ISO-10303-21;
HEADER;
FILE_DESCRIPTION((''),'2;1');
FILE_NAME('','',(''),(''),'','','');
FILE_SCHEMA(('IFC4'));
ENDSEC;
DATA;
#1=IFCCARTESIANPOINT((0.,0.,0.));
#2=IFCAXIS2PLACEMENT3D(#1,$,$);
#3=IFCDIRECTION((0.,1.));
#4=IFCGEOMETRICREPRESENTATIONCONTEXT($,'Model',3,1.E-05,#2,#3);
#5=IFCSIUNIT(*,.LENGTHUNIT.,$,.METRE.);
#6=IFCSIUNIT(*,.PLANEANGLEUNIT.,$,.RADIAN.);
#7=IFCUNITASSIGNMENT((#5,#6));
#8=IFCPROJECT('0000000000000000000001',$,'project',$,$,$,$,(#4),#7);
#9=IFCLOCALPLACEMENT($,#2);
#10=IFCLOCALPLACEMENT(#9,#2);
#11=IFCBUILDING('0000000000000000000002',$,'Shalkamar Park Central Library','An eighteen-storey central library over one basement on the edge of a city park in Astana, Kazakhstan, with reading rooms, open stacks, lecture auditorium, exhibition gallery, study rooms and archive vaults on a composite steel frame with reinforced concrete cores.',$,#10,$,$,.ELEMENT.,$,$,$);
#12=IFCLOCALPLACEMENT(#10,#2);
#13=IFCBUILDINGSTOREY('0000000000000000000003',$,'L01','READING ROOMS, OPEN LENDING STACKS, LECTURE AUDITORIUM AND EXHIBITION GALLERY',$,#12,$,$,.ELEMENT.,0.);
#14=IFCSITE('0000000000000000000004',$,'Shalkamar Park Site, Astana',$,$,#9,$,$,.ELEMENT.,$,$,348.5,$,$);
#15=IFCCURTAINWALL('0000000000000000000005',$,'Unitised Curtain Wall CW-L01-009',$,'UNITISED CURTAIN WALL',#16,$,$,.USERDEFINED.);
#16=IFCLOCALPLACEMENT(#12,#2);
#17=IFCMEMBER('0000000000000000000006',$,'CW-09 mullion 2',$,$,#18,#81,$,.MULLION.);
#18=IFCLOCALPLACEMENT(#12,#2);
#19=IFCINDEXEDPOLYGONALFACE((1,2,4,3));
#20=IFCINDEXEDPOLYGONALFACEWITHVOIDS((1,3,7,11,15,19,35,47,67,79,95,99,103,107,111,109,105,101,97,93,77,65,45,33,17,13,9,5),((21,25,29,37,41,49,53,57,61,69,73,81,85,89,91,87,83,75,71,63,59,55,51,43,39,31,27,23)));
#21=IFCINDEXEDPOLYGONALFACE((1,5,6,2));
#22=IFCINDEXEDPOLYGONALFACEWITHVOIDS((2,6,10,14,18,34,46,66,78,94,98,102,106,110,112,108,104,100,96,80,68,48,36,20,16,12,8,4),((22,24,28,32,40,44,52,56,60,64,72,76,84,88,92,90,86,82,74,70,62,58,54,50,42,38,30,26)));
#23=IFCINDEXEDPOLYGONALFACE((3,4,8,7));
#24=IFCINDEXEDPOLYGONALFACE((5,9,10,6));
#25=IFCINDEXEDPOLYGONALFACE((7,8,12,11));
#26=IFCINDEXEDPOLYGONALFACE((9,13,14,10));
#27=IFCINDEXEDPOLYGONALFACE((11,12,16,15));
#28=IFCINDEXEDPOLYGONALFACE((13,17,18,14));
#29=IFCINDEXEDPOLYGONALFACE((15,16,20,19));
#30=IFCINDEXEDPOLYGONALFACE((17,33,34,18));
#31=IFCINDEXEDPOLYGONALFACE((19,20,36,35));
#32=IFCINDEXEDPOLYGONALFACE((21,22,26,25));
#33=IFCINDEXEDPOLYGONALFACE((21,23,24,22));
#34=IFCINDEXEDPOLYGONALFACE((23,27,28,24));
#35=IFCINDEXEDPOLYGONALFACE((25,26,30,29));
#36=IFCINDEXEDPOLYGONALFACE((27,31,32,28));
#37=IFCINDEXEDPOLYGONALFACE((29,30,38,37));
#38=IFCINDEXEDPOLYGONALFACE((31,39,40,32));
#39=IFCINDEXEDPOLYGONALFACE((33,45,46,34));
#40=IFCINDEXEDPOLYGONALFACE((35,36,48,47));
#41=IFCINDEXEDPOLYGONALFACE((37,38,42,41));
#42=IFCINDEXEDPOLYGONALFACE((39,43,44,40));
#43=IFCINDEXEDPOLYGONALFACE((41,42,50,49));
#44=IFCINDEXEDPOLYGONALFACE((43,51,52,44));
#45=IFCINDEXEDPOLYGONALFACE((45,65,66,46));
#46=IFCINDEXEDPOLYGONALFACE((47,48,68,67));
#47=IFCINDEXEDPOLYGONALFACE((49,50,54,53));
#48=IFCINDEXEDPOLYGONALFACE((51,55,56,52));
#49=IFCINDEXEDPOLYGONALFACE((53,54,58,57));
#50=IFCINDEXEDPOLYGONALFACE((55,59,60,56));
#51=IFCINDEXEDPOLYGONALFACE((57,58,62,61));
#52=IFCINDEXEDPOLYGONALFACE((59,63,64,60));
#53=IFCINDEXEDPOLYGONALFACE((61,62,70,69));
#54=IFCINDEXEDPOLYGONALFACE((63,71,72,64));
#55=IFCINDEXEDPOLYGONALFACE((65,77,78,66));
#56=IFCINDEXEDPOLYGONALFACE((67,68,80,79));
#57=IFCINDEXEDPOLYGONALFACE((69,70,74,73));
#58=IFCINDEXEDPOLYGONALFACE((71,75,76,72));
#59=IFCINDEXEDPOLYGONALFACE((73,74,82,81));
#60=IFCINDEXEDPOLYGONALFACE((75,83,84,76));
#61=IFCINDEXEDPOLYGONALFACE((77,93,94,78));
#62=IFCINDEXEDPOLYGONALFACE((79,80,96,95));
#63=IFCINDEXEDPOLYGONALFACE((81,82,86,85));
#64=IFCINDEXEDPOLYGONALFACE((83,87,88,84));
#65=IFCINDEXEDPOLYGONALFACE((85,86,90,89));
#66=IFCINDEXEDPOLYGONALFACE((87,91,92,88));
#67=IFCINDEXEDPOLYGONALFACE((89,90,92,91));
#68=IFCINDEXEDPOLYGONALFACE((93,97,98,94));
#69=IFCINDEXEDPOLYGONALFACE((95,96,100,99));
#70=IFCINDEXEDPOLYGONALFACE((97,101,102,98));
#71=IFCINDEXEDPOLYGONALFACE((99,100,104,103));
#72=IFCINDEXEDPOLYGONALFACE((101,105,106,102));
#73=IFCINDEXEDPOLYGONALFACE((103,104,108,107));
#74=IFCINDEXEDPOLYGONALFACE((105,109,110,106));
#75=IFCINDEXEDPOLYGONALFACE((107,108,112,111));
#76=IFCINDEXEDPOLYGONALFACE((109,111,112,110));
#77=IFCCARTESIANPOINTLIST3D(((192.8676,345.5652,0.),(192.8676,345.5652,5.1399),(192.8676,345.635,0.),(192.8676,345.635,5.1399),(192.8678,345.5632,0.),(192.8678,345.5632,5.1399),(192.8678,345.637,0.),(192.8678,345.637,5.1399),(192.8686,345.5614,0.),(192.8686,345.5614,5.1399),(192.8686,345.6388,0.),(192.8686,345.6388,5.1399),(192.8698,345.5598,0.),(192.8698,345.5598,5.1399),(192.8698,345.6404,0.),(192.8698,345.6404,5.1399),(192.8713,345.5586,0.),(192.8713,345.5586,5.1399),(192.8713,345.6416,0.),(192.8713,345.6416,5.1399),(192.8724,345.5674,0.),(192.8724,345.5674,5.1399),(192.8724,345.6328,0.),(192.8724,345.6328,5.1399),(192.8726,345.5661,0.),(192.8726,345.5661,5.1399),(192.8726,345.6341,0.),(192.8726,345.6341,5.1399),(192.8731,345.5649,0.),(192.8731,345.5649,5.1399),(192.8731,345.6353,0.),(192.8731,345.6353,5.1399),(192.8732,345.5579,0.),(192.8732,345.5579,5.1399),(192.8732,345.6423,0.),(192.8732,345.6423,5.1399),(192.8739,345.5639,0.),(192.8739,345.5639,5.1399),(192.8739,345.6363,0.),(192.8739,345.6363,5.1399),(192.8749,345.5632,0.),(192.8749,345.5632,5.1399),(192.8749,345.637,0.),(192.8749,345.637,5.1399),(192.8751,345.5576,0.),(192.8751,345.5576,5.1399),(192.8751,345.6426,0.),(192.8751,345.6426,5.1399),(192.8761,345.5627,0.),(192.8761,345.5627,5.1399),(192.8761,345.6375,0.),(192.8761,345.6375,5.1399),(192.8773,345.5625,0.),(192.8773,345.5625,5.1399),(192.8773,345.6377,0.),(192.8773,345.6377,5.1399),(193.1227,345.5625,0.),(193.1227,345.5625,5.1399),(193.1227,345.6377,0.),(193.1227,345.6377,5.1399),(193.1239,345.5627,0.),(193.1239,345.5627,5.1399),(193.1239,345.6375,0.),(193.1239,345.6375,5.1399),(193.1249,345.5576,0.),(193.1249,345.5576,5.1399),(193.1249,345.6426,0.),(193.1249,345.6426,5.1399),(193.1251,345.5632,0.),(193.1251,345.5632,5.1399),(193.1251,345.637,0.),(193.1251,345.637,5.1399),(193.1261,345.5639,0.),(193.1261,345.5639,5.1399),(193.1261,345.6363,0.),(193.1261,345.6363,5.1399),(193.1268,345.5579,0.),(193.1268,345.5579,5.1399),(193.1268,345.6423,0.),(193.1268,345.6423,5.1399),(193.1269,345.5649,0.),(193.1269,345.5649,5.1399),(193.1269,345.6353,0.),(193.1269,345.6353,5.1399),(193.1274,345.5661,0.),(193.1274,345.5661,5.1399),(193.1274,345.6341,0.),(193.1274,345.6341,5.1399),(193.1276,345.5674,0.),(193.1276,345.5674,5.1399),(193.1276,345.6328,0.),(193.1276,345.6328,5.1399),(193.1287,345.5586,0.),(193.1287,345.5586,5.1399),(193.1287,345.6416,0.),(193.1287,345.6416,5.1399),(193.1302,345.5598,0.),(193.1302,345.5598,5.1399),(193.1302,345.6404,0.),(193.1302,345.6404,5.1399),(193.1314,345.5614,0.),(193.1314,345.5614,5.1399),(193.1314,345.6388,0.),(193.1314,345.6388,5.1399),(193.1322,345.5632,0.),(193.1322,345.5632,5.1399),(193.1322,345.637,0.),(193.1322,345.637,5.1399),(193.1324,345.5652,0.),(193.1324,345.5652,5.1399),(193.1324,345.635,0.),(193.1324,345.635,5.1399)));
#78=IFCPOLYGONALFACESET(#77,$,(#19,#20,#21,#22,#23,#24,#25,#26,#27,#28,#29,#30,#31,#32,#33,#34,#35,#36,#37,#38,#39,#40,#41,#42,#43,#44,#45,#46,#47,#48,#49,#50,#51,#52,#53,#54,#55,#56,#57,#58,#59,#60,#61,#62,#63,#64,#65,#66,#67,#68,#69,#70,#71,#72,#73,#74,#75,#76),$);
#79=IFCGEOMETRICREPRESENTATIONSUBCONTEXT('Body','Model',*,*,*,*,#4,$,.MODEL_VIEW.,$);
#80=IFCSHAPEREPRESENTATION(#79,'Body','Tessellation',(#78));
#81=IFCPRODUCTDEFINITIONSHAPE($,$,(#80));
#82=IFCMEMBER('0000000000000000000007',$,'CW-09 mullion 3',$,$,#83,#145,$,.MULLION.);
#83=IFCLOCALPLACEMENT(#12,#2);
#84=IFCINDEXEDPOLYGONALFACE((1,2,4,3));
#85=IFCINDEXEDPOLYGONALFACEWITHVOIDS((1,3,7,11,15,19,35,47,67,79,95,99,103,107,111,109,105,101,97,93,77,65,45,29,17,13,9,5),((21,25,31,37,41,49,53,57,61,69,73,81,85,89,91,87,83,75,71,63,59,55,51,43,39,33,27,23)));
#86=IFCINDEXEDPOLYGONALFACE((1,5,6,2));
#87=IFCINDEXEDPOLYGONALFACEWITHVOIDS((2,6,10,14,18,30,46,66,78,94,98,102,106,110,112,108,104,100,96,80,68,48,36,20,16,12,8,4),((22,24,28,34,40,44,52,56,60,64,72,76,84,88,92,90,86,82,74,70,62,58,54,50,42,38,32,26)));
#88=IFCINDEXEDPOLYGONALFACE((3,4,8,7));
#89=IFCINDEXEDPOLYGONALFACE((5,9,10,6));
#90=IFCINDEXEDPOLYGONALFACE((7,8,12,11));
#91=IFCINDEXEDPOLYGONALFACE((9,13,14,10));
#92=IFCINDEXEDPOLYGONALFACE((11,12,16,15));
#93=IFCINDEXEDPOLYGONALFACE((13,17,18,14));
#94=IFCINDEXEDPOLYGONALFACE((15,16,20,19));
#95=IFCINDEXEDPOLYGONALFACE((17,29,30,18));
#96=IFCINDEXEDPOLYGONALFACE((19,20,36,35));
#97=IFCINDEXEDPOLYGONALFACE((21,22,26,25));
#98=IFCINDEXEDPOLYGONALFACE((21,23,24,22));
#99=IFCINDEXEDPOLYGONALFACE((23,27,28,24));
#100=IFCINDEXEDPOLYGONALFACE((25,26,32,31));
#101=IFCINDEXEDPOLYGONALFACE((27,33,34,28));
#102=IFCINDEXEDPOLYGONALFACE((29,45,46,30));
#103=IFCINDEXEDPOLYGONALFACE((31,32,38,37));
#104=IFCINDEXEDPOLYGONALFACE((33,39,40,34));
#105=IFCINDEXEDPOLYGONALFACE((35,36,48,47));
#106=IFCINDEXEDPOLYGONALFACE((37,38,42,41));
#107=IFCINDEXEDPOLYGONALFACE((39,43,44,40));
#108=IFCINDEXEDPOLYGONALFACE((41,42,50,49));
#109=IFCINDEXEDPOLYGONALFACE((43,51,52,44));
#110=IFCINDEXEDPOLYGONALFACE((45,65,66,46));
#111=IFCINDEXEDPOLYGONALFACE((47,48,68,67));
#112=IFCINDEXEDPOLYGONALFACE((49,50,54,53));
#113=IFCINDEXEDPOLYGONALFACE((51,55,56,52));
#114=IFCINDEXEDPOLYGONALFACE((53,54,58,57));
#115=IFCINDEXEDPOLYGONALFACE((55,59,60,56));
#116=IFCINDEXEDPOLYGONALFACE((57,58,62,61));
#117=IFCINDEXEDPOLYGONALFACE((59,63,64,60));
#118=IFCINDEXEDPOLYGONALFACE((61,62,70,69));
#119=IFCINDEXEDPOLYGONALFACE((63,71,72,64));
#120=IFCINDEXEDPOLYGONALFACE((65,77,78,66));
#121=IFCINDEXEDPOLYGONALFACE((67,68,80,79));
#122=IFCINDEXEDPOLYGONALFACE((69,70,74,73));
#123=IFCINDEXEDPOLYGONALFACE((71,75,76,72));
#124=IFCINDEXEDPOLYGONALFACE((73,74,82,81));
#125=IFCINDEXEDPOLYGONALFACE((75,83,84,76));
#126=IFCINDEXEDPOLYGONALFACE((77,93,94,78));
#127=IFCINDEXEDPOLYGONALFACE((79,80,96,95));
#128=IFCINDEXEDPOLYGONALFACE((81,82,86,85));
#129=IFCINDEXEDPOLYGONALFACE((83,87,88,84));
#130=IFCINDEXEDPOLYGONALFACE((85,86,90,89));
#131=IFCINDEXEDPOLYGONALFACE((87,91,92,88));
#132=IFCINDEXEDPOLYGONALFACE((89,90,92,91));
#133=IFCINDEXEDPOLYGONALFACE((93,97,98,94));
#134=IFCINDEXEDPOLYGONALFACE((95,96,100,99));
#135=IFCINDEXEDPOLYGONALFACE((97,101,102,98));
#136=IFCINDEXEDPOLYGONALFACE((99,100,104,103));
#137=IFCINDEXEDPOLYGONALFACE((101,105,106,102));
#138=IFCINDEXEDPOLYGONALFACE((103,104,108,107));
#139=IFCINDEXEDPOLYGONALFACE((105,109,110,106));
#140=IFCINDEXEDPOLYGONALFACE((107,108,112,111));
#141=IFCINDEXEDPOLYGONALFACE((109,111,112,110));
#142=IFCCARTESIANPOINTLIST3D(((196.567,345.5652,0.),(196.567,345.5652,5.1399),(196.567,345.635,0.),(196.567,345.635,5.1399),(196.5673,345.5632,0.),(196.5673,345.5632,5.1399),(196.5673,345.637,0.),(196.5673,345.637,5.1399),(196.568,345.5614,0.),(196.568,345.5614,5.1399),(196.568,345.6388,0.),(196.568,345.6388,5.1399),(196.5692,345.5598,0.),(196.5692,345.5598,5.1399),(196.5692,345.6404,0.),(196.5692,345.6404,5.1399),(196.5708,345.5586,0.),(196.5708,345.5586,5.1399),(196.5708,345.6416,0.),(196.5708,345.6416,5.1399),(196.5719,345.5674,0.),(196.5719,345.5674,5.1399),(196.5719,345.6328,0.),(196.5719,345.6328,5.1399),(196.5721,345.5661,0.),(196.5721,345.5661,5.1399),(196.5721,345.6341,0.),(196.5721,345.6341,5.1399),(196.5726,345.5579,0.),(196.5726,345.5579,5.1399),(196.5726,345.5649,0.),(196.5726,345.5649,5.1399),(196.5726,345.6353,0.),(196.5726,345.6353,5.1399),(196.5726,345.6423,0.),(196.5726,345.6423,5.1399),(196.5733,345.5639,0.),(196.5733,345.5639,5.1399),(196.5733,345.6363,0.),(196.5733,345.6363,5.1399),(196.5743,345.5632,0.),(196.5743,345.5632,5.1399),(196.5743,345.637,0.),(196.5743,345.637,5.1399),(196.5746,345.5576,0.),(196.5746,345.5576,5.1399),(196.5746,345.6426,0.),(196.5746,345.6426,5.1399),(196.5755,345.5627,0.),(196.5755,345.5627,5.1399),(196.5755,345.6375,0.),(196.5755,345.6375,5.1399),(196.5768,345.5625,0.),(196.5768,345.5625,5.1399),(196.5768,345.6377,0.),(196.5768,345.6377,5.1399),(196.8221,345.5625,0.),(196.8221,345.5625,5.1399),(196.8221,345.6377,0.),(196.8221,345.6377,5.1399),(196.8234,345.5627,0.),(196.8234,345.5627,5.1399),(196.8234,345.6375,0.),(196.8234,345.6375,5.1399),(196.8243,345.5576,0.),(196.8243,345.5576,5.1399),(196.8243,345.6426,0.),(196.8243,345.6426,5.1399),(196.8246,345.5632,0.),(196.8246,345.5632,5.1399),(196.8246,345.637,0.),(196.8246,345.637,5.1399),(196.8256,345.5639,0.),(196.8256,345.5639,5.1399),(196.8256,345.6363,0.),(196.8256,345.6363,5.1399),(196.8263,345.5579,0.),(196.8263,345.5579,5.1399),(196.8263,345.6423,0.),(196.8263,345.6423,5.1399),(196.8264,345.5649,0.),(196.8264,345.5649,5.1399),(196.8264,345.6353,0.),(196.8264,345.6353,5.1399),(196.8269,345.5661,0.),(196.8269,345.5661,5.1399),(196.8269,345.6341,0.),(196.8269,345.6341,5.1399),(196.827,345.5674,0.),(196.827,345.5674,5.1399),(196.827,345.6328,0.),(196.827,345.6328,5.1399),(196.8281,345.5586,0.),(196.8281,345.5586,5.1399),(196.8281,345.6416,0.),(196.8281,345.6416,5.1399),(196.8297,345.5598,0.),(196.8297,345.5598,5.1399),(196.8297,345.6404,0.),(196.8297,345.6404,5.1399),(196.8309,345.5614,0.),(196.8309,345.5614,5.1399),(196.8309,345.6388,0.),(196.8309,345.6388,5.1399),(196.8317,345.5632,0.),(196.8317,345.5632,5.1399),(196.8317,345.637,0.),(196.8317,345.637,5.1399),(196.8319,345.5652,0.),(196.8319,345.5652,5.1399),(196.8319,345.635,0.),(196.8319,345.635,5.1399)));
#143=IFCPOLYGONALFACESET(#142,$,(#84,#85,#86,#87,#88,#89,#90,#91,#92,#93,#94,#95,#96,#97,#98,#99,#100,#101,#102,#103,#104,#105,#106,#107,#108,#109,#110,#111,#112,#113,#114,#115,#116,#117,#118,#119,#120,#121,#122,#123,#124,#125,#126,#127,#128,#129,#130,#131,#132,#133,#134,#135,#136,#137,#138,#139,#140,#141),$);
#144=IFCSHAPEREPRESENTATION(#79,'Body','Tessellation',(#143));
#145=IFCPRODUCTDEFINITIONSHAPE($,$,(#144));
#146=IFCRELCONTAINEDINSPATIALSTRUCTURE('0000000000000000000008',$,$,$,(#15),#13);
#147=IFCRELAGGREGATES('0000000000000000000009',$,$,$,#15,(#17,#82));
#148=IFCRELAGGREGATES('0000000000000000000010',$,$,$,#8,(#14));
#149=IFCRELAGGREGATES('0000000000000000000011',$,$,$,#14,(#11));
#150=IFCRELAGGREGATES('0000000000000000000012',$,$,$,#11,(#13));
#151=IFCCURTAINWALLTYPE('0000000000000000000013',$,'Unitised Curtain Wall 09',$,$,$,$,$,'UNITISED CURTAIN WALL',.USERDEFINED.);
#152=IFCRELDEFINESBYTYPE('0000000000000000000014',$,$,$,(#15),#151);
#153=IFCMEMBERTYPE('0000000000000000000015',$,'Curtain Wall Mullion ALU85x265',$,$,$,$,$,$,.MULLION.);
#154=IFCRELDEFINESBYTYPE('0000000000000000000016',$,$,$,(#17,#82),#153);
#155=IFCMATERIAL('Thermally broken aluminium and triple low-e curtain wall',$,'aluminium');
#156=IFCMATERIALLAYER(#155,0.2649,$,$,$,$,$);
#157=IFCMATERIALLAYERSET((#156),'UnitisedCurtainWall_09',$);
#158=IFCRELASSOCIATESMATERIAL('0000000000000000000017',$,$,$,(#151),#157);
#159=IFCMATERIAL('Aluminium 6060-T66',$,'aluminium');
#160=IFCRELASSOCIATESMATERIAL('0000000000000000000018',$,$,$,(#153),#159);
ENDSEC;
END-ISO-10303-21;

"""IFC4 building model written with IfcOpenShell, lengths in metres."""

from ifc_helpers import new_model, si_unit, direction, frame, origin, origin_2d, place, context, subcontext, project, spatial, hollow_rectangle, extrude, material, layer, layer_set, material_profile, profile_set, type_object, element, aggregate, save


model = new_model("IFC4")

# Units and contexts
model_context = context("Model", 3, precision=1e-05, world=origin(), true_north=direction((0.0, 1.0)))
body_context = subcontext(model_context, "Body", "Model", "MODEL_VIEW")
ifc_project = project(units=[si_unit("LENGTHUNIT", "METRE"), si_unit("PLANEANGLEUNIT", "RADIAN")], contexts=[model_context])

# Site, building, storey
site_placement = place(None, origin())
site = spatial("IfcSite", under=ifc_project, at=site_placement, Name="Shalkamar Park Site, Astana", CompositionType="ELEMENT", RefElevation=348.5)
building_placement = place(site_placement, origin())
building = spatial("IfcBuilding", under=site, at=building_placement, Name="Shalkamar Park Central Library", Description="An eighteen-storey central library over one basement on the edge of a city park in Astana, Kazakhstan, with reading rooms, open stacks, lecture auditorium, exhibition gallery, study rooms and archive vaults on a composite steel frame with reinforced concrete cores.", CompositionType="ELEMENT")
storey_placement = place(building_placement, origin())
storey = spatial("IfcBuildingStorey", under=building, at=storey_placement, Name="L01", Description="READING ROOMS, OPEN LENDING STACKS, LECTURE AUDITORIUM AND EXHIBITION GALLERY", CompositionType="ELEMENT", Elevation=0.0)

# Curtain wall, members
ifc_material_1 = material(Name="Thermally broken aluminium and triple low-e curtain wall", Category="aluminium")
ifc_layer_1 = layer(ifc_material_1, 0.2649)
ifc_layer_set_1 = layer_set([ifc_layer_1], Name="UnitisedCurtainWall_09")
curtain_wall_type = type_object("IfcCurtainWallType", Name="Unitised Curtain Wall 09", ElementType="UNITISED CURTAIN WALL", PredefinedType="USERDEFINED", material=ifc_layer_set_1)
curtain_wall_placement = place(storey_placement, origin())
curtain_wall = element("IfcCurtainWall", 1, at=curtain_wall_placement, inside=storey, type_object=curtain_wall_type, Name="Unitised Curtain Wall CW-L01-009", ObjectType="UNITISED CURTAIN WALL", PredefinedType="USERDEFINED")
ifc_material_2 = material(Name="Aluminium 6060-T66", Category="aluminium")
ifc_material_profile_1 = material_profile(ifc_material_2, hollow_rectangle(XDim=0.085, YDim=0.2649, WallThickness=0.0049, InnerFilletRadius=0.0049, OuterFilletRadius=0.0076, at=origin_2d()), Name="ALU 85x265x5")
ifc_profile_set_1 = profile_set([ifc_material_profile_1], Name="Aluminium 6060-T66")
member_type_1 = type_object("IfcMemberType", Name="Curtain Wall Mullion ALU85x265", PredefinedType="MULLION", material=ifc_profile_set_1)
member_1_placement = place(storey_placement, frame((193.0, 345.6001, 0.0), z_axis=(0.0, 0.0, 1.0), x_axis=(0.0, 1.0, 0.0)))
member_1 = element("IfcMember", 2, at=member_1_placement, type_object=member_type_1, Name="CW-09 mullion 2", PredefinedType="MULLION", context=body_context, shape_type="SweptSolid", body=[
    extrude(hollow_rectangle(XDim=0.085, YDim=0.2649, WallThickness=0.0049, InnerFilletRadius=0.0049, OuterFilletRadius=0.0076, at=origin_2d()), origin(), (0.0, 0.0, 1.0), 5.1399),
])
member_2_placement = place(storey_placement, frame((196.6995, 345.6001, 0.0), z_axis=(0.0, 0.0, 1.0), x_axis=(0.0, 1.0, 0.0)))
member_2 = element("IfcMember", 3, at=member_2_placement, type_object=member_type_1, Name="CW-09 mullion 3", PredefinedType="MULLION", context=body_context, shape_type="SweptSolid", body=[
    extrude(hollow_rectangle(XDim=0.085, YDim=0.2649, WallThickness=0.0049, InnerFilletRadius=0.0049, OuterFilletRadius=0.0076, at=origin_2d()), origin(), (0.0, 0.0, 1.0), 5.1399),
])

aggregate(curtain_wall, [member_1, member_2])

save(model, "model.ifc")
